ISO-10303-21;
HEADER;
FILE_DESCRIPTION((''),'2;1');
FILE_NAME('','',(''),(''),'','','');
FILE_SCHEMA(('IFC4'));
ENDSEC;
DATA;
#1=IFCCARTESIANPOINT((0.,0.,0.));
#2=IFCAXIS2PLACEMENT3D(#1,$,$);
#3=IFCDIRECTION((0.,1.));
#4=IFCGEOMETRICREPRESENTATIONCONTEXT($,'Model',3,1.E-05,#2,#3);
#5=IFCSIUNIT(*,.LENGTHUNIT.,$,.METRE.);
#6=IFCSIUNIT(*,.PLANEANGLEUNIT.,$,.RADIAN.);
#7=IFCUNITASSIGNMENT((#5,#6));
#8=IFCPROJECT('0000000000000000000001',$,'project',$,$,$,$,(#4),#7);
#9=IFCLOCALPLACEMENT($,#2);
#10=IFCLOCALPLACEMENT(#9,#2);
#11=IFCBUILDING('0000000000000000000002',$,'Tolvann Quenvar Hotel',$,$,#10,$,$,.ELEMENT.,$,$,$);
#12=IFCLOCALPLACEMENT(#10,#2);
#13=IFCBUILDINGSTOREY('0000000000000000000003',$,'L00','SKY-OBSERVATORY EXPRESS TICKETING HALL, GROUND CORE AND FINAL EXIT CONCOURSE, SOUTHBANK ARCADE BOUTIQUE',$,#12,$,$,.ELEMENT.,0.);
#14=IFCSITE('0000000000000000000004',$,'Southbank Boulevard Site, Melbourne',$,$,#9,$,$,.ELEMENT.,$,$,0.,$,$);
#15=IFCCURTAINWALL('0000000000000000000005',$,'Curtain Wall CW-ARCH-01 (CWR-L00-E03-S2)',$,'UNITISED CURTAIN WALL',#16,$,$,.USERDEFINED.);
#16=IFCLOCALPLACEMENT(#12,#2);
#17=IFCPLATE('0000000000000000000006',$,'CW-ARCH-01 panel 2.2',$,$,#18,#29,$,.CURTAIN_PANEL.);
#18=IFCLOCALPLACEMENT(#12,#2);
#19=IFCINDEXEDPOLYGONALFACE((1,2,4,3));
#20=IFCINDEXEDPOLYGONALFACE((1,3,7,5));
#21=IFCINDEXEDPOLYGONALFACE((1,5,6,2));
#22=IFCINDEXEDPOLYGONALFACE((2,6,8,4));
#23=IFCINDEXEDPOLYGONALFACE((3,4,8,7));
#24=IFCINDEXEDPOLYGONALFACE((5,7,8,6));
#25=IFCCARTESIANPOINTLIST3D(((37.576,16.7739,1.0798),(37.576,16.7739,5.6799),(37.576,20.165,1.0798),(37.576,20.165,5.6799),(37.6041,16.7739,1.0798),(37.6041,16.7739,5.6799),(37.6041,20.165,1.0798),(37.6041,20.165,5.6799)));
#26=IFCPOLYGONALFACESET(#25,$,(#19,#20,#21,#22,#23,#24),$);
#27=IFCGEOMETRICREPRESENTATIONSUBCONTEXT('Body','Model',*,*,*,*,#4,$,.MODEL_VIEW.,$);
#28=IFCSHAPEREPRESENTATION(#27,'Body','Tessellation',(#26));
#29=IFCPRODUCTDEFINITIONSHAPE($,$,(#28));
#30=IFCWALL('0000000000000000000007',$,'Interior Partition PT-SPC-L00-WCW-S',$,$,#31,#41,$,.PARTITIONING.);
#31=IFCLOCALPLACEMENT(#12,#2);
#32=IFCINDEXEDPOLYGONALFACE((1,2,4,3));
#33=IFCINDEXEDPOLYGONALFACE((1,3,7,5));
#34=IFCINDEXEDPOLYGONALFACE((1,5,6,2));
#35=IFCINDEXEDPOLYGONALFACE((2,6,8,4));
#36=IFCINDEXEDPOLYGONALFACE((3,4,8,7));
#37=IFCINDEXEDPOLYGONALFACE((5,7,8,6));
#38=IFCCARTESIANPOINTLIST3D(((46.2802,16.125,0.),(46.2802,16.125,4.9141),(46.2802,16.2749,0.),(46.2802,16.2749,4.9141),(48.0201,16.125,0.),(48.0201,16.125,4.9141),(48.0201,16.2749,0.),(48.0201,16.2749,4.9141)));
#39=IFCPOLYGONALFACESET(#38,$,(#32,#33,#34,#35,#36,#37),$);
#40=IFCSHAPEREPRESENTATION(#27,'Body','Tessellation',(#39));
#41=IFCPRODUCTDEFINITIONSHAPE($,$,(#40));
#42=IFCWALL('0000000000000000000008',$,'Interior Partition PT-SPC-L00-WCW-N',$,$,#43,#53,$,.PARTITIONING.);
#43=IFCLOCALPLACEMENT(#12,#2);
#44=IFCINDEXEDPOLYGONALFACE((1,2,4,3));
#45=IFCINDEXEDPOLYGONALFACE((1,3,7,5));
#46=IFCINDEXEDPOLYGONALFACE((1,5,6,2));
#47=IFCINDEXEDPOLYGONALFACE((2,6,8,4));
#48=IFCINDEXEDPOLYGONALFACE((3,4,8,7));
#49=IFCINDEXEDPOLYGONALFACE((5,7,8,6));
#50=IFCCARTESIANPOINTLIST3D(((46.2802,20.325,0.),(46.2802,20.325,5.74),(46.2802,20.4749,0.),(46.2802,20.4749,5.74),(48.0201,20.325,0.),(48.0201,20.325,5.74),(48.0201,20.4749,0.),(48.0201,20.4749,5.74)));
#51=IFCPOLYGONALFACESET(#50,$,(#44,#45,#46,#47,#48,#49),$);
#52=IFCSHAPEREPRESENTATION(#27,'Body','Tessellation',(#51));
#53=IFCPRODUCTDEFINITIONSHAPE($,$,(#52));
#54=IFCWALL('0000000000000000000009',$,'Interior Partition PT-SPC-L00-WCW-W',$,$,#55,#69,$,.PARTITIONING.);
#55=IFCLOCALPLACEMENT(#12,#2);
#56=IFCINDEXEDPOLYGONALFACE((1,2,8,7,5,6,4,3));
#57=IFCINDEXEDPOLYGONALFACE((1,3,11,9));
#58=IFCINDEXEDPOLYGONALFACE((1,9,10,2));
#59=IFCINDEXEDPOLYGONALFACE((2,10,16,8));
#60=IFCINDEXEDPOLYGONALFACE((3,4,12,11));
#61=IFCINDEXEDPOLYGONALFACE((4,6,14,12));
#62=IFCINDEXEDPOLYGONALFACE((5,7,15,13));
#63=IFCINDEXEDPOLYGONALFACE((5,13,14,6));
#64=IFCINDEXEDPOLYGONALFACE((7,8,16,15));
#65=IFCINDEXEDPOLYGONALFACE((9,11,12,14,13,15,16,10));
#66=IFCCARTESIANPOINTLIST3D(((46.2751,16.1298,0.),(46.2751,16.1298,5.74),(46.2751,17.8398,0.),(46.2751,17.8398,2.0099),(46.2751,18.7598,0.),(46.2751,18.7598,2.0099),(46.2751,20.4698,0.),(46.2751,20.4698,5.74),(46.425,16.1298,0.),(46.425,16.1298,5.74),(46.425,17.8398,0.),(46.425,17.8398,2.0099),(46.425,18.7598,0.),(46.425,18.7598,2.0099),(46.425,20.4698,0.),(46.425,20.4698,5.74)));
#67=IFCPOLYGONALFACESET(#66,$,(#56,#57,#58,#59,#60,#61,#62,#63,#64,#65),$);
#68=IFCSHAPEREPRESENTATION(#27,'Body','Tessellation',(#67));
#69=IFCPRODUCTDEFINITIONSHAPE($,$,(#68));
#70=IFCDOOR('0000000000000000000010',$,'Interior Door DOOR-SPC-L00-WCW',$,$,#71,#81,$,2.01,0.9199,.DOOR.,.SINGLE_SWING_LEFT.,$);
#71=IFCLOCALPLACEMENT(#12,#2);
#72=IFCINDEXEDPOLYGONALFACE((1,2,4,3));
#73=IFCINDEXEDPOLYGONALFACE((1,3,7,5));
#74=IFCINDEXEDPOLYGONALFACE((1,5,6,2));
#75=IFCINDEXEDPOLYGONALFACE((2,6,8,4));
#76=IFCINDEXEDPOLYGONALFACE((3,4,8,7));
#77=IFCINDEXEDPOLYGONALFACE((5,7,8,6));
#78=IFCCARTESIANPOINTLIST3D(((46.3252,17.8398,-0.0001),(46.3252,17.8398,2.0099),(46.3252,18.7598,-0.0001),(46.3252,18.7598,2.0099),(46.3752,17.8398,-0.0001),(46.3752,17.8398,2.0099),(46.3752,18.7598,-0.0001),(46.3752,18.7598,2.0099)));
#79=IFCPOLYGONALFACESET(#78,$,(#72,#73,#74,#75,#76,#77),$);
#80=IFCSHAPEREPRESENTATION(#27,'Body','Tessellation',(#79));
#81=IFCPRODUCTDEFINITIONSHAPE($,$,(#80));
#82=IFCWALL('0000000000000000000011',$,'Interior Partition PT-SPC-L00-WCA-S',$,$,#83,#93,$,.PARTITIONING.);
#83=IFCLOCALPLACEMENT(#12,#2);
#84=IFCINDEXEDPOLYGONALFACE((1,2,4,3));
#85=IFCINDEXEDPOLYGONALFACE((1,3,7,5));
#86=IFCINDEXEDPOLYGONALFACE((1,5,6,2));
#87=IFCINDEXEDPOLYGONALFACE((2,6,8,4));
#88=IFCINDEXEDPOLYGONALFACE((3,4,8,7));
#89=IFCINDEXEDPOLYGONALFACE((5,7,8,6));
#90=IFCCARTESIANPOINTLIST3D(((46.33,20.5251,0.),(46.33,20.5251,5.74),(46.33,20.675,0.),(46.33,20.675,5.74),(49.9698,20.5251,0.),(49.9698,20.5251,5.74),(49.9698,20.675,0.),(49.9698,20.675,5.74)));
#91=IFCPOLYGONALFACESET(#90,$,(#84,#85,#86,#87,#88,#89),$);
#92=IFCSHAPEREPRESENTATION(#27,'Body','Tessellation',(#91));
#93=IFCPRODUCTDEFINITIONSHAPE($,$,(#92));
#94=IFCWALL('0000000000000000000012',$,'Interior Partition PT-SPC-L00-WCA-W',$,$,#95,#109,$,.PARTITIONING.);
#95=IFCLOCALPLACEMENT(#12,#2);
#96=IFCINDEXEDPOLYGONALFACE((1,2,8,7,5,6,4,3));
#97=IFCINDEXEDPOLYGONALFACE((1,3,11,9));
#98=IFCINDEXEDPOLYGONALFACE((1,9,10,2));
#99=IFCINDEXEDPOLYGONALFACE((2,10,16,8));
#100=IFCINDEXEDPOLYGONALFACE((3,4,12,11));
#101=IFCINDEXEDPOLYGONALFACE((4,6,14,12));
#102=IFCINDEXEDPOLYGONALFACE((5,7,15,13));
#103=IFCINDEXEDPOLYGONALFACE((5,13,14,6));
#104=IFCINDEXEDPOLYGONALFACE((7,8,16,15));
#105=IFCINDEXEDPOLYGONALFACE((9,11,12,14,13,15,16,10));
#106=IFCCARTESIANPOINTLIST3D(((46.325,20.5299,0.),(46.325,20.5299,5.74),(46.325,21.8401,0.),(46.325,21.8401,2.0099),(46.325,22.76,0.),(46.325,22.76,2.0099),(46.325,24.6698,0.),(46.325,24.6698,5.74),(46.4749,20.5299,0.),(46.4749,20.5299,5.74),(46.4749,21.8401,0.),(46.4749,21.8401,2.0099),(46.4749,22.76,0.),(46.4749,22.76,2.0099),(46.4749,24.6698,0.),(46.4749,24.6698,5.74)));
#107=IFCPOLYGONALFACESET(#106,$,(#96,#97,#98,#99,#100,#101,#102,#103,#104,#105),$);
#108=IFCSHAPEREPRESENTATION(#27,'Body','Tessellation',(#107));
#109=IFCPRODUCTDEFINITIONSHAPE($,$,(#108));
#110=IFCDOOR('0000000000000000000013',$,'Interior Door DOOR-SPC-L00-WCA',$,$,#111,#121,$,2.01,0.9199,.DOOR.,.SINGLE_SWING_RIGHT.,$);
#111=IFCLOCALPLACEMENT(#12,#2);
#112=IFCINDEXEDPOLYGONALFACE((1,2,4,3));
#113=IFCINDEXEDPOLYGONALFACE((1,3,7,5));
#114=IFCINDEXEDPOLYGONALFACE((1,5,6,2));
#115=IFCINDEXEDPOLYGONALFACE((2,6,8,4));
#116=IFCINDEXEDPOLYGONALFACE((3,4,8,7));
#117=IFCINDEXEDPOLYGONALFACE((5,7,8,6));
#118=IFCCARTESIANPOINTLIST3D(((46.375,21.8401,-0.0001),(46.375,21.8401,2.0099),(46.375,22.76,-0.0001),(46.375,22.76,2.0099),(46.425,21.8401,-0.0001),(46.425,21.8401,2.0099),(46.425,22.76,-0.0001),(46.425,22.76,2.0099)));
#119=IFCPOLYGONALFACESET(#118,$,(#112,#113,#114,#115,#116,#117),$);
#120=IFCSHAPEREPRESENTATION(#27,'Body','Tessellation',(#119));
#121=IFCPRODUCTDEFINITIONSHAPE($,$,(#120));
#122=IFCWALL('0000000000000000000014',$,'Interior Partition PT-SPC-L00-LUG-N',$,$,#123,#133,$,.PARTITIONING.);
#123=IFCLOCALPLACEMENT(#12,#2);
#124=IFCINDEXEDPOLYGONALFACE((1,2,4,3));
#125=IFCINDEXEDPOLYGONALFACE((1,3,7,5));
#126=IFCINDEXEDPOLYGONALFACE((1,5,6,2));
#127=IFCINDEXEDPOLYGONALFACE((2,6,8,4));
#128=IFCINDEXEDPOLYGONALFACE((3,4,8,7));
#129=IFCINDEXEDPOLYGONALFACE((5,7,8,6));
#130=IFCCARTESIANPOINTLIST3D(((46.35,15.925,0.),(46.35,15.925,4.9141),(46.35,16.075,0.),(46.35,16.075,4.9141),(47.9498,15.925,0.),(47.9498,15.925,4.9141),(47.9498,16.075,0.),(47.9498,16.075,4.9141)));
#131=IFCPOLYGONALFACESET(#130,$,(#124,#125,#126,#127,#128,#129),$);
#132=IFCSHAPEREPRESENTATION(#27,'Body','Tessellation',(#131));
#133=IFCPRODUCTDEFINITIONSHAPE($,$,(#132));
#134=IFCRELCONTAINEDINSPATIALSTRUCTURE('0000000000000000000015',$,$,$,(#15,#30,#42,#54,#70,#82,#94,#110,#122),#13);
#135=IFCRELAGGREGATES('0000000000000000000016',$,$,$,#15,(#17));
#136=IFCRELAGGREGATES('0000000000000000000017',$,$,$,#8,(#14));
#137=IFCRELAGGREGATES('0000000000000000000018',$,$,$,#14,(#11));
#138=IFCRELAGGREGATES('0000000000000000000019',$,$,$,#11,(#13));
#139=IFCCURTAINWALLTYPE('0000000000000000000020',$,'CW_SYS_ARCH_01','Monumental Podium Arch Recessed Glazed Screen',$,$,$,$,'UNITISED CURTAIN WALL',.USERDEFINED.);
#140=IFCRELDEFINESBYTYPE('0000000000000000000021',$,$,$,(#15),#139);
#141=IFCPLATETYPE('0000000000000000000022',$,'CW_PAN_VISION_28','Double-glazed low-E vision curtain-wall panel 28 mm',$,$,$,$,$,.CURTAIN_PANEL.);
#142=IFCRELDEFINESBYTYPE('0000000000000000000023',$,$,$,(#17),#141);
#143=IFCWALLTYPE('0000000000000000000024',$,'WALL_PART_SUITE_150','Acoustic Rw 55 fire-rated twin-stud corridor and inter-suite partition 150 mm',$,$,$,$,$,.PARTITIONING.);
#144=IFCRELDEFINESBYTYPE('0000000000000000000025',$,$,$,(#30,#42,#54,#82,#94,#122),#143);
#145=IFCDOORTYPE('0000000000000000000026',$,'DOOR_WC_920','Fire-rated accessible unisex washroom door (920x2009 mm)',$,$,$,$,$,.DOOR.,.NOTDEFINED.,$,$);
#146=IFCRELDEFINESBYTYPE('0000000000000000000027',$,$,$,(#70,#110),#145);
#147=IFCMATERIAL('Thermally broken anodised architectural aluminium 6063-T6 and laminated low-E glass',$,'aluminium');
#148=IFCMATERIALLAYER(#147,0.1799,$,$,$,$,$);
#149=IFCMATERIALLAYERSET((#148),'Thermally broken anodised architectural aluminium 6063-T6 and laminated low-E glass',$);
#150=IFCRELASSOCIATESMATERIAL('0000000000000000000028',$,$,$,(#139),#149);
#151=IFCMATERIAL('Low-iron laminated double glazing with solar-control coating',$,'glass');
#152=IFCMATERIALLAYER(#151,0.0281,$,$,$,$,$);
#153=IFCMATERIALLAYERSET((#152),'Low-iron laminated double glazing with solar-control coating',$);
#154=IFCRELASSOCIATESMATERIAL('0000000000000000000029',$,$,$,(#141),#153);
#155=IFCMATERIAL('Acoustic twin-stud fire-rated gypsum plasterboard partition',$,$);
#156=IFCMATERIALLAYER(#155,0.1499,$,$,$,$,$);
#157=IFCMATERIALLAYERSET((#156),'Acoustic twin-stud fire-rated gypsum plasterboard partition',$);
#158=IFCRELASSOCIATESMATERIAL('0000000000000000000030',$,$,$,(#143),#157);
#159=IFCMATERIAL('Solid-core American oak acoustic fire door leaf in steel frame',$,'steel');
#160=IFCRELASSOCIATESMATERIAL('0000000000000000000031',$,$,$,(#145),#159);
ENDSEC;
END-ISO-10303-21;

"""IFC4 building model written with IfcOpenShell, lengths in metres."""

from ifc_helpers import new_model, si_unit, direction, frame, frame_2d, origin, origin_2d, place, context, subcontext, project, spatial, rectangle, extrude, source, transform, mapped, material, layer, layer_set, type_object, type_shapes, element, fill, aggregate, save


model = new_model("IFC4")

# Units and contexts
model_context = context("Model", 3, precision=1e-05, world=origin(), true_north=direction((0.0, 1.0)))
body_context = subcontext(model_context, "Body", "Model", "MODEL_VIEW")
ifc_project = project(units=[si_unit("LENGTHUNIT", "METRE"), si_unit("PLANEANGLEUNIT", "RADIAN")], contexts=[model_context])

# Site, building, storey
site_placement = place(None, origin())
site = spatial("IfcSite", under=ifc_project, at=site_placement, Name="Southbank Boulevard Site, Melbourne", CompositionType="ELEMENT", RefElevation=0.0)
building_placement = place(site_placement, origin())
building = spatial("IfcBuilding", under=site, at=building_placement, Name="Tolvann Quenvar Hotel", CompositionType="ELEMENT")
storey_placement = place(building_placement, origin())
storey = spatial("IfcBuildingStorey", under=building, at=storey_placement, Name="L00", Description="SKY-OBSERVATORY EXPRESS TICKETING HALL, GROUND CORE AND FINAL EXIT CONCOURSE, SOUTHBANK ARCADE BOUTIQUE", CompositionType="ELEMENT", Elevation=0.0)

# Curtain wall
ifc_material_1 = material(Name="Thermally broken anodised architectural aluminium 6063-T6 and laminated low-E glass", Category="aluminium")
ifc_layer_1 = layer(ifc_material_1, 0.1799)
ifc_layer_set_1 = layer_set([ifc_layer_1], Name="Thermally broken anodised architectural aluminium 6063-T6 and laminated low-E glass")
curtain_wall_type = type_object("IfcCurtainWallType", Name="CW_SYS_ARCH_01", Description="Monumental Podium Arch Recessed Glazed Screen", ElementType="UNITISED CURTAIN WALL", PredefinedType="USERDEFINED", material=ifc_layer_set_1)
curtain_wall_1_placement = place(storey_placement, origin())
curtain_wall_1 = element("IfcCurtainWall", 1, at=curtain_wall_1_placement, inside=storey, type_object=curtain_wall_type, Name="Curtain Wall CW-ARCH-01 (CWR-L00-E03-S2)", ObjectType="UNITISED CURTAIN WALL", PredefinedType="USERDEFINED")

# Plate
ifc_material_2 = material(Name="Low-iron laminated double glazing with solar-control coating", Category="glass")
ifc_layer_2 = layer(ifc_material_2, 0.0281)
ifc_layer_set_2 = layer_set([ifc_layer_2], Name="Low-iron laminated double glazing with solar-control coating")
plate_type = type_object("IfcPlateType", Name="CW_PAN_VISION_28", Description="Double-glazed low-E vision curtain-wall panel 28 mm", PredefinedType="CURTAIN_PANEL", material=ifc_layer_set_2)
shared_shape_1 = source(origin(), body_context, "Body", "SweptSolid", [
    extrude(rectangle(XDim=3.3911, YDim=0.0281, at=origin_2d()), origin(), (0.0, 0.0, 1.0), 4.6001),
])
plate_1_placement = place(storey_placement, frame((37.5901, 18.4695, 1.0798), z_axis=(0.0, 0.0, 1.0), x_axis=(0.0, -1.0, 0.0)))
plate_1 = element("IfcPlate", 2, at=plate_1_placement, type_object=plate_type, Name="CW-ARCH-01 panel 2.2", PredefinedType="CURTAIN_PANEL", context=body_context, shape_type="MappedRepresentation", body=[
    mapped(shared_shape_1, transform((0.0, 0.0, 0.0), x_axis=(1.0, 0.0, 0.0), y_axis=(0.0, 1.0, 0.0), z_axis=(0.0, 0.0, 1.0), scale=1.0)),
])
aggregate(curtain_wall_1, [plate_1])

# Walls
ifc_material_3 = material(Name="Acoustic twin-stud fire-rated gypsum plasterboard partition")
ifc_layer_3 = layer(ifc_material_3, 0.1499)
ifc_layer_set_3 = layer_set([ifc_layer_3], Name="Acoustic twin-stud fire-rated gypsum plasterboard partition")
wall_type = type_object("IfcWallType", Name="WALL_PART_SUITE_150", Description="Acoustic Rw 55 fire-rated twin-stud corridor and inter-suite partition 150 mm", PredefinedType="PARTITIONING", material=ifc_layer_set_3)
wall_1_placement = place(storey_placement, frame((46.28, 16.2, 0.0), z_axis=(0.0, 0.0, 1.0), x_axis=(1.0, 0.0, 0.0)))
element("IfcWall", 3, at=wall_1_placement, inside=storey, type_object=wall_type, Name="Interior Partition PT-SPC-L00-WCW-S", PredefinedType="PARTITIONING", context=body_context, shape_type="SweptSolid", body=[
    extrude(rectangle(XDim=1.74, YDim=0.1499, at=frame_2d((0.8701, 0.0))), origin(), (0.0, 0.0, 1.0), 4.9141),
])
wall_2_placement = place(storey_placement, frame((46.28, 20.3999, 0.0), z_axis=(0.0, 0.0, 1.0), x_axis=(1.0, 0.0, 0.0)))
element("IfcWall", 4, at=wall_2_placement, inside=storey, type_object=wall_type, Name="Interior Partition PT-SPC-L00-WCW-N", PredefinedType="PARTITIONING", context=body_context, shape_type="SweptSolid", body=[
    extrude(rectangle(XDim=1.74, YDim=0.1499, at=frame_2d((0.8701, 0.0))), origin(), (0.0, 0.0, 1.0), 5.74),
])

# Wall, opening, door
wall_3_placement = place(storey_placement, frame((46.3501, 16.1299, 0.0), z_axis=(0.0, 0.0, 1.0), x_axis=(0.0, 1.0, 0.0)))
wall_3 = element("IfcWall", 5, at=wall_3_placement, inside=storey, type_object=wall_type, Name="Interior Partition PT-SPC-L00-WCW-W", PredefinedType="PARTITIONING", context=body_context, shape_type="SweptSolid", body=[
    extrude(rectangle(XDim=4.3401, YDim=0.1499, at=frame_2d((2.1699, 0.0))), origin(), (0.0, 0.0, 1.0), 5.74),
])
opening_1_placement = place(wall_3_placement, frame((1.71, 0.0, 0.0)))
opening_1 = element("IfcOpeningElement", 6, at=opening_1_placement, cuts=wall_3, PredefinedType="OPENING", context=body_context, shape_type="SweptSolid", body=[
    extrude(rectangle(XDim=0.9199, YDim=2.01, at=frame_2d((0.46, 1.0049))), frame((0.0, 0.085, 0.0), z_axis=(0.0, -1.0, 0.0), x_axis=(1.0, 0.0, 0.0)), (0.0, 0.0, 1.0), 0.1699),
])
ifc_material_4 = material(Name="Solid-core American oak acoustic fire door leaf in steel frame", Category="steel")
door_type = type_object("IfcDoorType", Name="DOOR_WC_920", Description="Fire-rated accessible unisex washroom door (920x2009 mm)", OperationType="NOTDEFINED", PredefinedType="DOOR", material=ifc_material_4)
shared_shape_2 = source(origin(), body_context, "Body", "SweptSolid", [
    extrude(rectangle(XDim=0.9199, YDim=2.01, at=frame_2d((0.46, 1.0049))), frame((0.0, 0.0249, 0.0), z_axis=(0.0, -1.0, 0.0), x_axis=(1.0, 0.0, 0.0)), (0.0, 0.0, 1.0), 0.05),
])
type_shapes(door_type, [shared_shape_2])
door_1_placement = place(opening_1_placement, origin())
door_1 = element("IfcDoor", 7, at=door_1_placement, inside=storey, type_object=door_type, Name="Interior Door DOOR-SPC-L00-WCW", OperationType="SINGLE_SWING_LEFT", OverallHeight=2.01, OverallWidth=0.9199, PredefinedType="DOOR", context=body_context, shape_type="MappedRepresentation", body=[
    mapped(shared_shape_2, transform((0.0, 0.0, 0.0), x_axis=(1.0, 0.0, 0.0), y_axis=(0.0, 1.0, 0.0), z_axis=(0.0, 0.0, 1.0), scale=1.0)),
])
fill(opening_1, door_1)

# Wall
wall_4_placement = place(storey_placement, frame((46.3301, 20.6001, 0.0), z_axis=(0.0, 0.0, 1.0), x_axis=(1.0, 0.0, 0.0)))
element("IfcWall", 8, at=wall_4_placement, inside=storey, type_object=wall_type, Name="Interior Partition PT-SPC-L00-WCA-S", PredefinedType="PARTITIONING", context=body_context, shape_type="SweptSolid", body=[
    extrude(rectangle(XDim=3.6399, YDim=0.1499, at=frame_2d((1.8198, 0.0))), origin(), (0.0, 0.0, 1.0), 5.74),
])

# Wall, opening, door
wall_5_placement = place(storey_placement, frame((46.3999, 20.53, 0.0), z_axis=(0.0, 0.0, 1.0), x_axis=(0.0, 1.0, 0.0)))
wall_5 = element("IfcWall", 9, at=wall_5_placement, inside=storey, type_object=wall_type, Name="Interior Partition PT-SPC-L00-WCA-W", PredefinedType="PARTITIONING", context=body_context, shape_type="SweptSolid", body=[
    extrude(rectangle(XDim=4.1399, YDim=0.1499, at=frame_2d((2.0698, 0.0))), origin(), (0.0, 0.0, 1.0), 5.74),
])
opening_2_placement = place(wall_5_placement, frame((1.3101, 0.0, 0.0)))
opening_2 = element("IfcOpeningElement", 10, at=opening_2_placement, cuts=wall_5, PredefinedType="OPENING", context=body_context, shape_type="SweptSolid", body=[
    extrude(rectangle(XDim=0.9199, YDim=2.01, at=frame_2d((0.46, 1.0049))), frame((0.0, 0.085, 0.0), z_axis=(0.0, -1.0, 0.0), x_axis=(1.0, 0.0, 0.0)), (0.0, 0.0, 1.0), 0.1699),
])
door_2_placement = place(opening_2_placement, origin())
door_2 = element("IfcDoor", 11, at=door_2_placement, inside=storey, type_object=door_type, Name="Interior Door DOOR-SPC-L00-WCA", OperationType="SINGLE_SWING_RIGHT", OverallHeight=2.01, OverallWidth=0.9199, PredefinedType="DOOR", context=body_context, shape_type="MappedRepresentation", body=[
    mapped(shared_shape_2, transform((0.0, 0.0, 0.0), x_axis=(1.0, 0.0, 0.0), y_axis=(0.0, 1.0, 0.0), z_axis=(0.0, 0.0, 1.0), scale=1.0)),
])
fill(opening_2, door_2)

# Wall
wall_6_placement = place(storey_placement, frame((46.3501, 16.0, 0.0), z_axis=(0.0, 0.0, 1.0), x_axis=(1.0, 0.0, 0.0)))
element("IfcWall", 12, at=wall_6_placement, inside=storey, type_object=wall_type, Name="Interior Partition PT-SPC-L00-LUG-N", PredefinedType="PARTITIONING", context=body_context, shape_type="SweptSolid", body=[
    extrude(rectangle(XDim=1.5999, YDim=0.1499, at=frame_2d((0.7998, 0.0))), origin(), (0.0, 0.0, 1.0), 4.9141),
])

save(model, "model.ifc")
